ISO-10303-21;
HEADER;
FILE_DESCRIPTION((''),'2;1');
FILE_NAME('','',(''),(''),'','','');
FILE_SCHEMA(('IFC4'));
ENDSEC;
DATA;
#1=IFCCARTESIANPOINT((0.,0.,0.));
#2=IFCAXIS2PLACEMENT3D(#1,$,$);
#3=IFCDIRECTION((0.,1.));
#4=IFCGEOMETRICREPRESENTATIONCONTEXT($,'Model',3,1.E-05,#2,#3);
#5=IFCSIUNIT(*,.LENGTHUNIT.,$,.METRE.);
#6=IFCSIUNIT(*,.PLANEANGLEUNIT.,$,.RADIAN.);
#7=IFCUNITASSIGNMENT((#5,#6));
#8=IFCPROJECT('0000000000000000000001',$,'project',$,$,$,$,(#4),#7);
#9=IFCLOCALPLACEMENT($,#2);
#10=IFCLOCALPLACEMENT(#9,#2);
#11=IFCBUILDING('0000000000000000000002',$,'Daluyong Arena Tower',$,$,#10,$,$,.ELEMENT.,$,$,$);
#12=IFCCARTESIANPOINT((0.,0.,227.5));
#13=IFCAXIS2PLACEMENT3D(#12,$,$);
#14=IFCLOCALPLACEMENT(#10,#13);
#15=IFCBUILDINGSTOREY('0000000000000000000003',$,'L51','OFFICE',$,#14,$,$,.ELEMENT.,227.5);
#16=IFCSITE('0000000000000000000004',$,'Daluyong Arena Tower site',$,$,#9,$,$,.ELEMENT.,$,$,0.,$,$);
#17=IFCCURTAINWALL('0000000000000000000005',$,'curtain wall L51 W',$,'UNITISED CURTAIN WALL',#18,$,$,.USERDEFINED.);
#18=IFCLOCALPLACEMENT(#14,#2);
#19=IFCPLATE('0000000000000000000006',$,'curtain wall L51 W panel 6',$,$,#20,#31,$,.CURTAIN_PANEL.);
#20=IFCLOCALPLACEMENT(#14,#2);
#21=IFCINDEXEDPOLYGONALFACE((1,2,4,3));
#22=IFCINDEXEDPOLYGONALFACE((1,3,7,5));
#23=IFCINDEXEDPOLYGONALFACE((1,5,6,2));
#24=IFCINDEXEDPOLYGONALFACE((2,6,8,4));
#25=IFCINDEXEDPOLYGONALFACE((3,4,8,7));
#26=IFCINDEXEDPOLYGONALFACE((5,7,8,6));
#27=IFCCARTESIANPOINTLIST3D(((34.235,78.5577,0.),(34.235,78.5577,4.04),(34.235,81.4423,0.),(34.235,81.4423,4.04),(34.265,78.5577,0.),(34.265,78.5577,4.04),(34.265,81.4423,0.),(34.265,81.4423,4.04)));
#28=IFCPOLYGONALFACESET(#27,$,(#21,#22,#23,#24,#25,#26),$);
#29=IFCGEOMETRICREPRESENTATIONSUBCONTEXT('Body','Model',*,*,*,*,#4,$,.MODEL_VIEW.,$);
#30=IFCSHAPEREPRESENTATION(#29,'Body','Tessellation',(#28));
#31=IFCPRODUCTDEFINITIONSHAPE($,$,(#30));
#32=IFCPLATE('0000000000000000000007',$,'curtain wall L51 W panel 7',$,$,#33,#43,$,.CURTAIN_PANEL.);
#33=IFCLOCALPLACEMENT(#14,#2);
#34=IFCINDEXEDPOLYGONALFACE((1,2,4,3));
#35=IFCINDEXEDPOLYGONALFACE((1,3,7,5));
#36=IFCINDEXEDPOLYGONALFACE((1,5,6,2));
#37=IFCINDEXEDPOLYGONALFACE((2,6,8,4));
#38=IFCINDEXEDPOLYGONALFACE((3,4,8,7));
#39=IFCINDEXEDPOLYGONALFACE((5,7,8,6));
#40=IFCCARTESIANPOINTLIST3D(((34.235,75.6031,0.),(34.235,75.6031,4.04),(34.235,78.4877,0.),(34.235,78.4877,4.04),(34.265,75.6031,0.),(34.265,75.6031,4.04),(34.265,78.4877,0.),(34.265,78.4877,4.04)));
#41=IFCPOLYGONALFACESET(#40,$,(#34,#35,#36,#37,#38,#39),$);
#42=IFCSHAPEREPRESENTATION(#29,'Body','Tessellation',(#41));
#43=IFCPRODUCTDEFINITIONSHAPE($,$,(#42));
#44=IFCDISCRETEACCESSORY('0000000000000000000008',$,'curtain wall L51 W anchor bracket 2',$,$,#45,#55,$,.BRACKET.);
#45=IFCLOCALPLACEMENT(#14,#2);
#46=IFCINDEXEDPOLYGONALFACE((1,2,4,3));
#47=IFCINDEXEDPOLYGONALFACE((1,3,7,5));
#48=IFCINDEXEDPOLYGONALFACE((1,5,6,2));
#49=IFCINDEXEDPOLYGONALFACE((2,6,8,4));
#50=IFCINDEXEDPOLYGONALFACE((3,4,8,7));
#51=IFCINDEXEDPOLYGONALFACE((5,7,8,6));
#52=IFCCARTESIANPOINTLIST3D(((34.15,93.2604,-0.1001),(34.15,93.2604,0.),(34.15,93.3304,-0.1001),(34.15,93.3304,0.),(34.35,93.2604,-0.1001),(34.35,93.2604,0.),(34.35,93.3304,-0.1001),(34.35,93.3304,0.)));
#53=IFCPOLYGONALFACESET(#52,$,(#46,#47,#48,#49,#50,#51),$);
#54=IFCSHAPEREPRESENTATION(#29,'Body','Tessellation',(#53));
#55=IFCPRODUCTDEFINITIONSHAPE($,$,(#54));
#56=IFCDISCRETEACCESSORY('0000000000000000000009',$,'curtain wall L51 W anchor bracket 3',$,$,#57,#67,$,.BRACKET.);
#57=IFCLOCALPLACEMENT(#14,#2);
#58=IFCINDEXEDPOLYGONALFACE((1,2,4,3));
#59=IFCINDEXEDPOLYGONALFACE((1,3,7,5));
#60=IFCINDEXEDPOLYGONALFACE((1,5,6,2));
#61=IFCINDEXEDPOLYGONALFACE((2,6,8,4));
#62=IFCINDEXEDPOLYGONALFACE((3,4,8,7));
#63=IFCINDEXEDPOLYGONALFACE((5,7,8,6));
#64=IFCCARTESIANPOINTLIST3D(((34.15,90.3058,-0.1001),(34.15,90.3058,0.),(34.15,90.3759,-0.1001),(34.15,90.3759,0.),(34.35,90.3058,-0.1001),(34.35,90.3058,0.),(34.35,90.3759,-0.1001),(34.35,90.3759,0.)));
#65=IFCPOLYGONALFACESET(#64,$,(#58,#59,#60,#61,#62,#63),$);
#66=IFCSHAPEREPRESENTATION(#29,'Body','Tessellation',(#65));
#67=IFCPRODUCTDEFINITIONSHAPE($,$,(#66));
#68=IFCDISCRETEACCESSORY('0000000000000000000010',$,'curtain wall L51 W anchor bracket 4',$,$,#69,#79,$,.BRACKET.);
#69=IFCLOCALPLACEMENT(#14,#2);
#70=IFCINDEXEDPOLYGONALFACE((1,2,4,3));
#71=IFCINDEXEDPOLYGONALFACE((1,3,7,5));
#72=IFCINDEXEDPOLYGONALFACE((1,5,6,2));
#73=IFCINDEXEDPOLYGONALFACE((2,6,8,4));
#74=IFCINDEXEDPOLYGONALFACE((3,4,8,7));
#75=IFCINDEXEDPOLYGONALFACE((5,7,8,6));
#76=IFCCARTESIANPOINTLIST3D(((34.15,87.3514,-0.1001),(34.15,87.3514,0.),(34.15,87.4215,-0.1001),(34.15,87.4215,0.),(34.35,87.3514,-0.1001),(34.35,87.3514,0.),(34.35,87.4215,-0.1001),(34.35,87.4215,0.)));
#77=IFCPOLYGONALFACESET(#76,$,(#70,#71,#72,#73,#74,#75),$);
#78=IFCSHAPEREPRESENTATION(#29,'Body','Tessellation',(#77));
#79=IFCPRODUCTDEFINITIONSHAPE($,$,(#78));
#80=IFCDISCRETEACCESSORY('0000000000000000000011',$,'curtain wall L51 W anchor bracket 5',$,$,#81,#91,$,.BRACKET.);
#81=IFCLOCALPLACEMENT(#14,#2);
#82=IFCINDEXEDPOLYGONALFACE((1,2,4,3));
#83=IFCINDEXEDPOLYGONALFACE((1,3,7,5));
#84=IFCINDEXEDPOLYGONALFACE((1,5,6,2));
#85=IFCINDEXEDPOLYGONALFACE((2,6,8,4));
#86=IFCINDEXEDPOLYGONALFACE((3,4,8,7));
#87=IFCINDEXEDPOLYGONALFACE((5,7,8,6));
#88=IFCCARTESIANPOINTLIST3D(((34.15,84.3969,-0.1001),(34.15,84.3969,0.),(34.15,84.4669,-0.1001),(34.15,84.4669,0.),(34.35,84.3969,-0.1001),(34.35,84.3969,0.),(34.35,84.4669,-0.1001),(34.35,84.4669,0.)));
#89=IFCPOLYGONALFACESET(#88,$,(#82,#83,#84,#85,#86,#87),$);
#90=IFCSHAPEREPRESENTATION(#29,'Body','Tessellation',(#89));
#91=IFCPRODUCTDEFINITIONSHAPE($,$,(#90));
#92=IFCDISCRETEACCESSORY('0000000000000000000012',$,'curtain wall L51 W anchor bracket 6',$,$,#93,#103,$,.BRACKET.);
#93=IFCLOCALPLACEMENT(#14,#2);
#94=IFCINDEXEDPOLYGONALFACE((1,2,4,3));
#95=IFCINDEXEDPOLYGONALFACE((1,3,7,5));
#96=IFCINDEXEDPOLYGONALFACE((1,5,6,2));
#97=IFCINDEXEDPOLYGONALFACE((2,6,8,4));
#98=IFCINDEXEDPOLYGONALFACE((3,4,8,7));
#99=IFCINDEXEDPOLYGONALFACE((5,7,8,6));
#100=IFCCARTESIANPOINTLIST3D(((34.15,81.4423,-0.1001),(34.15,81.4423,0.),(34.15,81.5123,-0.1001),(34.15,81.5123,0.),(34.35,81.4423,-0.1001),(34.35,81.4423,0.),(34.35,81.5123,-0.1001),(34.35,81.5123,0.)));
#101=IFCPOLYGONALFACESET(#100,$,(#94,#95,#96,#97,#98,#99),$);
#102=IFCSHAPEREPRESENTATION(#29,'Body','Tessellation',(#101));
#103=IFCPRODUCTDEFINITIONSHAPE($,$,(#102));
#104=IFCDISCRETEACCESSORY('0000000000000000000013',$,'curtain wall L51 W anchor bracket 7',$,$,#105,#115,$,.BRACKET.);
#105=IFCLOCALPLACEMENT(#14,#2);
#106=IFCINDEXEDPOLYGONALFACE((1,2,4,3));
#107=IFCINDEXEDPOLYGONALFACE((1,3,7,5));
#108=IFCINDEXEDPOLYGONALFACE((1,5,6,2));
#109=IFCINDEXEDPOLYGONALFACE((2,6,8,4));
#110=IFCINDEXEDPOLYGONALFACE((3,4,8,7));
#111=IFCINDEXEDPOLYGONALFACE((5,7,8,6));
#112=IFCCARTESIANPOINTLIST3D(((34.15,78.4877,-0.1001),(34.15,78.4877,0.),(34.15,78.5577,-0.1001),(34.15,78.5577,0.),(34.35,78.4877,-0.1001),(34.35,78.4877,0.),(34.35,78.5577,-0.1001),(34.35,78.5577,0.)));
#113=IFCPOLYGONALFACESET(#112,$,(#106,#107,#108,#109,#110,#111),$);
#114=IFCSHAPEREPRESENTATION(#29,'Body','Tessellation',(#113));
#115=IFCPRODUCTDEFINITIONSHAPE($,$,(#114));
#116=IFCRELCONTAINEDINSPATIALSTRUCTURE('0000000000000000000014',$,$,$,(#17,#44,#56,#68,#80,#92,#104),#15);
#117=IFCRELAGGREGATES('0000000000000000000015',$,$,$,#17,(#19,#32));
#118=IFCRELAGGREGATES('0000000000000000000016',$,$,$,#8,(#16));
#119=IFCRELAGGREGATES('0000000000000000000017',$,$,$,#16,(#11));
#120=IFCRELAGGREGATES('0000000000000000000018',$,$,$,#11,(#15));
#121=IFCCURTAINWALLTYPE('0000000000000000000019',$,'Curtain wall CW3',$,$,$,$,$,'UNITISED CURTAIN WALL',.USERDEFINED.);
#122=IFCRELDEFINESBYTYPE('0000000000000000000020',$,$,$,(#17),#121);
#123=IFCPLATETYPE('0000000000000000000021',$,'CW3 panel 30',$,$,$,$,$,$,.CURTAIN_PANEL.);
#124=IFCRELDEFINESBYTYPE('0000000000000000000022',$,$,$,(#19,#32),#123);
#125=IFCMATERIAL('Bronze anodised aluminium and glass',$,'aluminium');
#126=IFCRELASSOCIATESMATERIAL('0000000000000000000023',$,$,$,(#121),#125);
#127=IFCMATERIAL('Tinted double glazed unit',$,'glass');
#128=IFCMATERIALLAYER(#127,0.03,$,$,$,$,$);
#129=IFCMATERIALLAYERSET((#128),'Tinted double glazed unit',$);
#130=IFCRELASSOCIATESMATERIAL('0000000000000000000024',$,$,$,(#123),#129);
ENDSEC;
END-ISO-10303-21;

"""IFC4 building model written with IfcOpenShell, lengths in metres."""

from ifc_helpers import new_model, si_unit, direction, frame, origin, origin_2d, place, context, subcontext, project, spatial, rectangle, extrude, material, layer, layer_set, type_object, element, aggregate, save


model = new_model("IFC4")

# Units and contexts
model_context = context("Model", 3, precision=1e-05, world=origin(), true_north=direction((0.0, 1.0)))
body_context = subcontext(model_context, "Body", "Model", "MODEL_VIEW")
ifc_project = project(units=[si_unit("LENGTHUNIT", "METRE"), si_unit("PLANEANGLEUNIT", "RADIAN")], contexts=[model_context])

# Site, building, storey
site_placement = place(None, origin())
site = spatial("IfcSite", under=ifc_project, at=site_placement, Name="Daluyong Arena Tower site", CompositionType="ELEMENT", RefElevation=0.0)
building_placement = place(site_placement, origin())
building = spatial("IfcBuilding", under=site, at=building_placement, Name="Daluyong Arena Tower", CompositionType="ELEMENT")
storey_placement = place(building_placement, frame((0.0, 0.0, 227.5)))
storey = spatial("IfcBuildingStorey", under=building, at=storey_placement, Name="L51", Description="OFFICE", CompositionType="ELEMENT", Elevation=227.5)

# Curtain wall
ifc_material_1 = material(Name="Bronze anodised aluminium and glass", Category="aluminium")
curtain_wall_type = type_object("IfcCurtainWallType", Name="Curtain wall CW3", ElementType="UNITISED CURTAIN WALL", PredefinedType="USERDEFINED", material=ifc_material_1)
curtain_wall_placement = place(storey_placement, origin())
curtain_wall = element("IfcCurtainWall", 1, at=curtain_wall_placement, inside=storey, type_object=curtain_wall_type, Name="curtain wall L51 W", ObjectType="UNITISED CURTAIN WALL", PredefinedType="USERDEFINED")

# Plates
ifc_material_2 = material(Name="Tinted double glazed unit", Category="glass")
ifc_layer = layer(ifc_material_2, 0.03)
ifc_layer_set = layer_set([ifc_layer], Name="Tinted double glazed unit")
plate_type = type_object("IfcPlateType", Name="CW3 panel 30", PredefinedType="CURTAIN_PANEL", material=ifc_layer_set)
plate_1_placement = place(storey_placement, frame((34.25, 80.0, 0.0), z_axis=(0.0, 0.0, 1.0), x_axis=(0.0, -1.0, 0.0)))
plate_1 = element("IfcPlate", 2, at=plate_1_placement, type_object=plate_type, Name="curtain wall L51 W panel 6", PredefinedType="CURTAIN_PANEL", context=body_context, shape_type="SweptSolid", body=[
    extrude(rectangle(XDim=2.8845, YDim=0.03, at=origin_2d()), origin(), (0.0, 0.0, 1.0), 4.04),
])
plate_2_placement = place(storey_placement, frame((34.25, 77.0454, 0.0), z_axis=(0.0, 0.0, 1.0), x_axis=(0.0, -1.0, 0.0)))
plate_2 = element("IfcPlate", 3, at=plate_2_placement, type_object=plate_type, Name="curtain wall L51 W panel 7", PredefinedType="CURTAIN_PANEL", context=body_context, shape_type="SweptSolid", body=[
    extrude(rectangle(XDim=2.8845, YDim=0.03, at=origin_2d()), origin(), (0.0, 0.0, 1.0), 4.04),
])
aggregate(curtain_wall, [plate_1, plate_2])

# Discrete accessories
for number, where, z_axis, x_axis, name in (
    (4, (34.25, 93.2954, -0.1001), (0.0, 0.0, 1.0), (0.0, -1.0, 0.0), "curtain wall L51 W anchor bracket 2"),
    (5, (34.25, 90.3408, -0.1001), (0.0, 0.0, 1.0), (0.0, -1.0, 0.0), "curtain wall L51 W anchor bracket 3"),
    (6, (34.25, 87.3865, -0.1001), (0.0, 0.0, 1.0), (0.0, -1.0, 0.0), "curtain wall L51 W anchor bracket 4"),
    (7, (34.25, 84.4319, -0.1001), (0.0, 0.0, 1.0), (0.0, -1.0, 0.0), "curtain wall L51 W anchor bracket 5"),
    (8, (34.25, 81.4773, -0.1001), (0.0, 0.0, 1.0), (0.0, -1.0, 0.0), "curtain wall L51 W anchor bracket 6"),
    (9, (34.25, 78.5227, -0.1001), (0.0, 0.0, 1.0), (0.0, -1.0, 0.0), "curtain wall L51 W anchor bracket 7"),
):
    element("IfcDiscreteAccessory", number, at=place(storey_placement, frame(where, z_axis=z_axis, x_axis=x_axis)), inside=storey, Name=name, PredefinedType="BRACKET", context=body_context, shape_type="SweptSolid", body=[
        extrude(rectangle(XDim=0.0701, YDim=0.2, at=origin_2d()), origin(), (0.0, 0.0, 1.0), 0.1001),
    ])

save(model, "model.ifc")
